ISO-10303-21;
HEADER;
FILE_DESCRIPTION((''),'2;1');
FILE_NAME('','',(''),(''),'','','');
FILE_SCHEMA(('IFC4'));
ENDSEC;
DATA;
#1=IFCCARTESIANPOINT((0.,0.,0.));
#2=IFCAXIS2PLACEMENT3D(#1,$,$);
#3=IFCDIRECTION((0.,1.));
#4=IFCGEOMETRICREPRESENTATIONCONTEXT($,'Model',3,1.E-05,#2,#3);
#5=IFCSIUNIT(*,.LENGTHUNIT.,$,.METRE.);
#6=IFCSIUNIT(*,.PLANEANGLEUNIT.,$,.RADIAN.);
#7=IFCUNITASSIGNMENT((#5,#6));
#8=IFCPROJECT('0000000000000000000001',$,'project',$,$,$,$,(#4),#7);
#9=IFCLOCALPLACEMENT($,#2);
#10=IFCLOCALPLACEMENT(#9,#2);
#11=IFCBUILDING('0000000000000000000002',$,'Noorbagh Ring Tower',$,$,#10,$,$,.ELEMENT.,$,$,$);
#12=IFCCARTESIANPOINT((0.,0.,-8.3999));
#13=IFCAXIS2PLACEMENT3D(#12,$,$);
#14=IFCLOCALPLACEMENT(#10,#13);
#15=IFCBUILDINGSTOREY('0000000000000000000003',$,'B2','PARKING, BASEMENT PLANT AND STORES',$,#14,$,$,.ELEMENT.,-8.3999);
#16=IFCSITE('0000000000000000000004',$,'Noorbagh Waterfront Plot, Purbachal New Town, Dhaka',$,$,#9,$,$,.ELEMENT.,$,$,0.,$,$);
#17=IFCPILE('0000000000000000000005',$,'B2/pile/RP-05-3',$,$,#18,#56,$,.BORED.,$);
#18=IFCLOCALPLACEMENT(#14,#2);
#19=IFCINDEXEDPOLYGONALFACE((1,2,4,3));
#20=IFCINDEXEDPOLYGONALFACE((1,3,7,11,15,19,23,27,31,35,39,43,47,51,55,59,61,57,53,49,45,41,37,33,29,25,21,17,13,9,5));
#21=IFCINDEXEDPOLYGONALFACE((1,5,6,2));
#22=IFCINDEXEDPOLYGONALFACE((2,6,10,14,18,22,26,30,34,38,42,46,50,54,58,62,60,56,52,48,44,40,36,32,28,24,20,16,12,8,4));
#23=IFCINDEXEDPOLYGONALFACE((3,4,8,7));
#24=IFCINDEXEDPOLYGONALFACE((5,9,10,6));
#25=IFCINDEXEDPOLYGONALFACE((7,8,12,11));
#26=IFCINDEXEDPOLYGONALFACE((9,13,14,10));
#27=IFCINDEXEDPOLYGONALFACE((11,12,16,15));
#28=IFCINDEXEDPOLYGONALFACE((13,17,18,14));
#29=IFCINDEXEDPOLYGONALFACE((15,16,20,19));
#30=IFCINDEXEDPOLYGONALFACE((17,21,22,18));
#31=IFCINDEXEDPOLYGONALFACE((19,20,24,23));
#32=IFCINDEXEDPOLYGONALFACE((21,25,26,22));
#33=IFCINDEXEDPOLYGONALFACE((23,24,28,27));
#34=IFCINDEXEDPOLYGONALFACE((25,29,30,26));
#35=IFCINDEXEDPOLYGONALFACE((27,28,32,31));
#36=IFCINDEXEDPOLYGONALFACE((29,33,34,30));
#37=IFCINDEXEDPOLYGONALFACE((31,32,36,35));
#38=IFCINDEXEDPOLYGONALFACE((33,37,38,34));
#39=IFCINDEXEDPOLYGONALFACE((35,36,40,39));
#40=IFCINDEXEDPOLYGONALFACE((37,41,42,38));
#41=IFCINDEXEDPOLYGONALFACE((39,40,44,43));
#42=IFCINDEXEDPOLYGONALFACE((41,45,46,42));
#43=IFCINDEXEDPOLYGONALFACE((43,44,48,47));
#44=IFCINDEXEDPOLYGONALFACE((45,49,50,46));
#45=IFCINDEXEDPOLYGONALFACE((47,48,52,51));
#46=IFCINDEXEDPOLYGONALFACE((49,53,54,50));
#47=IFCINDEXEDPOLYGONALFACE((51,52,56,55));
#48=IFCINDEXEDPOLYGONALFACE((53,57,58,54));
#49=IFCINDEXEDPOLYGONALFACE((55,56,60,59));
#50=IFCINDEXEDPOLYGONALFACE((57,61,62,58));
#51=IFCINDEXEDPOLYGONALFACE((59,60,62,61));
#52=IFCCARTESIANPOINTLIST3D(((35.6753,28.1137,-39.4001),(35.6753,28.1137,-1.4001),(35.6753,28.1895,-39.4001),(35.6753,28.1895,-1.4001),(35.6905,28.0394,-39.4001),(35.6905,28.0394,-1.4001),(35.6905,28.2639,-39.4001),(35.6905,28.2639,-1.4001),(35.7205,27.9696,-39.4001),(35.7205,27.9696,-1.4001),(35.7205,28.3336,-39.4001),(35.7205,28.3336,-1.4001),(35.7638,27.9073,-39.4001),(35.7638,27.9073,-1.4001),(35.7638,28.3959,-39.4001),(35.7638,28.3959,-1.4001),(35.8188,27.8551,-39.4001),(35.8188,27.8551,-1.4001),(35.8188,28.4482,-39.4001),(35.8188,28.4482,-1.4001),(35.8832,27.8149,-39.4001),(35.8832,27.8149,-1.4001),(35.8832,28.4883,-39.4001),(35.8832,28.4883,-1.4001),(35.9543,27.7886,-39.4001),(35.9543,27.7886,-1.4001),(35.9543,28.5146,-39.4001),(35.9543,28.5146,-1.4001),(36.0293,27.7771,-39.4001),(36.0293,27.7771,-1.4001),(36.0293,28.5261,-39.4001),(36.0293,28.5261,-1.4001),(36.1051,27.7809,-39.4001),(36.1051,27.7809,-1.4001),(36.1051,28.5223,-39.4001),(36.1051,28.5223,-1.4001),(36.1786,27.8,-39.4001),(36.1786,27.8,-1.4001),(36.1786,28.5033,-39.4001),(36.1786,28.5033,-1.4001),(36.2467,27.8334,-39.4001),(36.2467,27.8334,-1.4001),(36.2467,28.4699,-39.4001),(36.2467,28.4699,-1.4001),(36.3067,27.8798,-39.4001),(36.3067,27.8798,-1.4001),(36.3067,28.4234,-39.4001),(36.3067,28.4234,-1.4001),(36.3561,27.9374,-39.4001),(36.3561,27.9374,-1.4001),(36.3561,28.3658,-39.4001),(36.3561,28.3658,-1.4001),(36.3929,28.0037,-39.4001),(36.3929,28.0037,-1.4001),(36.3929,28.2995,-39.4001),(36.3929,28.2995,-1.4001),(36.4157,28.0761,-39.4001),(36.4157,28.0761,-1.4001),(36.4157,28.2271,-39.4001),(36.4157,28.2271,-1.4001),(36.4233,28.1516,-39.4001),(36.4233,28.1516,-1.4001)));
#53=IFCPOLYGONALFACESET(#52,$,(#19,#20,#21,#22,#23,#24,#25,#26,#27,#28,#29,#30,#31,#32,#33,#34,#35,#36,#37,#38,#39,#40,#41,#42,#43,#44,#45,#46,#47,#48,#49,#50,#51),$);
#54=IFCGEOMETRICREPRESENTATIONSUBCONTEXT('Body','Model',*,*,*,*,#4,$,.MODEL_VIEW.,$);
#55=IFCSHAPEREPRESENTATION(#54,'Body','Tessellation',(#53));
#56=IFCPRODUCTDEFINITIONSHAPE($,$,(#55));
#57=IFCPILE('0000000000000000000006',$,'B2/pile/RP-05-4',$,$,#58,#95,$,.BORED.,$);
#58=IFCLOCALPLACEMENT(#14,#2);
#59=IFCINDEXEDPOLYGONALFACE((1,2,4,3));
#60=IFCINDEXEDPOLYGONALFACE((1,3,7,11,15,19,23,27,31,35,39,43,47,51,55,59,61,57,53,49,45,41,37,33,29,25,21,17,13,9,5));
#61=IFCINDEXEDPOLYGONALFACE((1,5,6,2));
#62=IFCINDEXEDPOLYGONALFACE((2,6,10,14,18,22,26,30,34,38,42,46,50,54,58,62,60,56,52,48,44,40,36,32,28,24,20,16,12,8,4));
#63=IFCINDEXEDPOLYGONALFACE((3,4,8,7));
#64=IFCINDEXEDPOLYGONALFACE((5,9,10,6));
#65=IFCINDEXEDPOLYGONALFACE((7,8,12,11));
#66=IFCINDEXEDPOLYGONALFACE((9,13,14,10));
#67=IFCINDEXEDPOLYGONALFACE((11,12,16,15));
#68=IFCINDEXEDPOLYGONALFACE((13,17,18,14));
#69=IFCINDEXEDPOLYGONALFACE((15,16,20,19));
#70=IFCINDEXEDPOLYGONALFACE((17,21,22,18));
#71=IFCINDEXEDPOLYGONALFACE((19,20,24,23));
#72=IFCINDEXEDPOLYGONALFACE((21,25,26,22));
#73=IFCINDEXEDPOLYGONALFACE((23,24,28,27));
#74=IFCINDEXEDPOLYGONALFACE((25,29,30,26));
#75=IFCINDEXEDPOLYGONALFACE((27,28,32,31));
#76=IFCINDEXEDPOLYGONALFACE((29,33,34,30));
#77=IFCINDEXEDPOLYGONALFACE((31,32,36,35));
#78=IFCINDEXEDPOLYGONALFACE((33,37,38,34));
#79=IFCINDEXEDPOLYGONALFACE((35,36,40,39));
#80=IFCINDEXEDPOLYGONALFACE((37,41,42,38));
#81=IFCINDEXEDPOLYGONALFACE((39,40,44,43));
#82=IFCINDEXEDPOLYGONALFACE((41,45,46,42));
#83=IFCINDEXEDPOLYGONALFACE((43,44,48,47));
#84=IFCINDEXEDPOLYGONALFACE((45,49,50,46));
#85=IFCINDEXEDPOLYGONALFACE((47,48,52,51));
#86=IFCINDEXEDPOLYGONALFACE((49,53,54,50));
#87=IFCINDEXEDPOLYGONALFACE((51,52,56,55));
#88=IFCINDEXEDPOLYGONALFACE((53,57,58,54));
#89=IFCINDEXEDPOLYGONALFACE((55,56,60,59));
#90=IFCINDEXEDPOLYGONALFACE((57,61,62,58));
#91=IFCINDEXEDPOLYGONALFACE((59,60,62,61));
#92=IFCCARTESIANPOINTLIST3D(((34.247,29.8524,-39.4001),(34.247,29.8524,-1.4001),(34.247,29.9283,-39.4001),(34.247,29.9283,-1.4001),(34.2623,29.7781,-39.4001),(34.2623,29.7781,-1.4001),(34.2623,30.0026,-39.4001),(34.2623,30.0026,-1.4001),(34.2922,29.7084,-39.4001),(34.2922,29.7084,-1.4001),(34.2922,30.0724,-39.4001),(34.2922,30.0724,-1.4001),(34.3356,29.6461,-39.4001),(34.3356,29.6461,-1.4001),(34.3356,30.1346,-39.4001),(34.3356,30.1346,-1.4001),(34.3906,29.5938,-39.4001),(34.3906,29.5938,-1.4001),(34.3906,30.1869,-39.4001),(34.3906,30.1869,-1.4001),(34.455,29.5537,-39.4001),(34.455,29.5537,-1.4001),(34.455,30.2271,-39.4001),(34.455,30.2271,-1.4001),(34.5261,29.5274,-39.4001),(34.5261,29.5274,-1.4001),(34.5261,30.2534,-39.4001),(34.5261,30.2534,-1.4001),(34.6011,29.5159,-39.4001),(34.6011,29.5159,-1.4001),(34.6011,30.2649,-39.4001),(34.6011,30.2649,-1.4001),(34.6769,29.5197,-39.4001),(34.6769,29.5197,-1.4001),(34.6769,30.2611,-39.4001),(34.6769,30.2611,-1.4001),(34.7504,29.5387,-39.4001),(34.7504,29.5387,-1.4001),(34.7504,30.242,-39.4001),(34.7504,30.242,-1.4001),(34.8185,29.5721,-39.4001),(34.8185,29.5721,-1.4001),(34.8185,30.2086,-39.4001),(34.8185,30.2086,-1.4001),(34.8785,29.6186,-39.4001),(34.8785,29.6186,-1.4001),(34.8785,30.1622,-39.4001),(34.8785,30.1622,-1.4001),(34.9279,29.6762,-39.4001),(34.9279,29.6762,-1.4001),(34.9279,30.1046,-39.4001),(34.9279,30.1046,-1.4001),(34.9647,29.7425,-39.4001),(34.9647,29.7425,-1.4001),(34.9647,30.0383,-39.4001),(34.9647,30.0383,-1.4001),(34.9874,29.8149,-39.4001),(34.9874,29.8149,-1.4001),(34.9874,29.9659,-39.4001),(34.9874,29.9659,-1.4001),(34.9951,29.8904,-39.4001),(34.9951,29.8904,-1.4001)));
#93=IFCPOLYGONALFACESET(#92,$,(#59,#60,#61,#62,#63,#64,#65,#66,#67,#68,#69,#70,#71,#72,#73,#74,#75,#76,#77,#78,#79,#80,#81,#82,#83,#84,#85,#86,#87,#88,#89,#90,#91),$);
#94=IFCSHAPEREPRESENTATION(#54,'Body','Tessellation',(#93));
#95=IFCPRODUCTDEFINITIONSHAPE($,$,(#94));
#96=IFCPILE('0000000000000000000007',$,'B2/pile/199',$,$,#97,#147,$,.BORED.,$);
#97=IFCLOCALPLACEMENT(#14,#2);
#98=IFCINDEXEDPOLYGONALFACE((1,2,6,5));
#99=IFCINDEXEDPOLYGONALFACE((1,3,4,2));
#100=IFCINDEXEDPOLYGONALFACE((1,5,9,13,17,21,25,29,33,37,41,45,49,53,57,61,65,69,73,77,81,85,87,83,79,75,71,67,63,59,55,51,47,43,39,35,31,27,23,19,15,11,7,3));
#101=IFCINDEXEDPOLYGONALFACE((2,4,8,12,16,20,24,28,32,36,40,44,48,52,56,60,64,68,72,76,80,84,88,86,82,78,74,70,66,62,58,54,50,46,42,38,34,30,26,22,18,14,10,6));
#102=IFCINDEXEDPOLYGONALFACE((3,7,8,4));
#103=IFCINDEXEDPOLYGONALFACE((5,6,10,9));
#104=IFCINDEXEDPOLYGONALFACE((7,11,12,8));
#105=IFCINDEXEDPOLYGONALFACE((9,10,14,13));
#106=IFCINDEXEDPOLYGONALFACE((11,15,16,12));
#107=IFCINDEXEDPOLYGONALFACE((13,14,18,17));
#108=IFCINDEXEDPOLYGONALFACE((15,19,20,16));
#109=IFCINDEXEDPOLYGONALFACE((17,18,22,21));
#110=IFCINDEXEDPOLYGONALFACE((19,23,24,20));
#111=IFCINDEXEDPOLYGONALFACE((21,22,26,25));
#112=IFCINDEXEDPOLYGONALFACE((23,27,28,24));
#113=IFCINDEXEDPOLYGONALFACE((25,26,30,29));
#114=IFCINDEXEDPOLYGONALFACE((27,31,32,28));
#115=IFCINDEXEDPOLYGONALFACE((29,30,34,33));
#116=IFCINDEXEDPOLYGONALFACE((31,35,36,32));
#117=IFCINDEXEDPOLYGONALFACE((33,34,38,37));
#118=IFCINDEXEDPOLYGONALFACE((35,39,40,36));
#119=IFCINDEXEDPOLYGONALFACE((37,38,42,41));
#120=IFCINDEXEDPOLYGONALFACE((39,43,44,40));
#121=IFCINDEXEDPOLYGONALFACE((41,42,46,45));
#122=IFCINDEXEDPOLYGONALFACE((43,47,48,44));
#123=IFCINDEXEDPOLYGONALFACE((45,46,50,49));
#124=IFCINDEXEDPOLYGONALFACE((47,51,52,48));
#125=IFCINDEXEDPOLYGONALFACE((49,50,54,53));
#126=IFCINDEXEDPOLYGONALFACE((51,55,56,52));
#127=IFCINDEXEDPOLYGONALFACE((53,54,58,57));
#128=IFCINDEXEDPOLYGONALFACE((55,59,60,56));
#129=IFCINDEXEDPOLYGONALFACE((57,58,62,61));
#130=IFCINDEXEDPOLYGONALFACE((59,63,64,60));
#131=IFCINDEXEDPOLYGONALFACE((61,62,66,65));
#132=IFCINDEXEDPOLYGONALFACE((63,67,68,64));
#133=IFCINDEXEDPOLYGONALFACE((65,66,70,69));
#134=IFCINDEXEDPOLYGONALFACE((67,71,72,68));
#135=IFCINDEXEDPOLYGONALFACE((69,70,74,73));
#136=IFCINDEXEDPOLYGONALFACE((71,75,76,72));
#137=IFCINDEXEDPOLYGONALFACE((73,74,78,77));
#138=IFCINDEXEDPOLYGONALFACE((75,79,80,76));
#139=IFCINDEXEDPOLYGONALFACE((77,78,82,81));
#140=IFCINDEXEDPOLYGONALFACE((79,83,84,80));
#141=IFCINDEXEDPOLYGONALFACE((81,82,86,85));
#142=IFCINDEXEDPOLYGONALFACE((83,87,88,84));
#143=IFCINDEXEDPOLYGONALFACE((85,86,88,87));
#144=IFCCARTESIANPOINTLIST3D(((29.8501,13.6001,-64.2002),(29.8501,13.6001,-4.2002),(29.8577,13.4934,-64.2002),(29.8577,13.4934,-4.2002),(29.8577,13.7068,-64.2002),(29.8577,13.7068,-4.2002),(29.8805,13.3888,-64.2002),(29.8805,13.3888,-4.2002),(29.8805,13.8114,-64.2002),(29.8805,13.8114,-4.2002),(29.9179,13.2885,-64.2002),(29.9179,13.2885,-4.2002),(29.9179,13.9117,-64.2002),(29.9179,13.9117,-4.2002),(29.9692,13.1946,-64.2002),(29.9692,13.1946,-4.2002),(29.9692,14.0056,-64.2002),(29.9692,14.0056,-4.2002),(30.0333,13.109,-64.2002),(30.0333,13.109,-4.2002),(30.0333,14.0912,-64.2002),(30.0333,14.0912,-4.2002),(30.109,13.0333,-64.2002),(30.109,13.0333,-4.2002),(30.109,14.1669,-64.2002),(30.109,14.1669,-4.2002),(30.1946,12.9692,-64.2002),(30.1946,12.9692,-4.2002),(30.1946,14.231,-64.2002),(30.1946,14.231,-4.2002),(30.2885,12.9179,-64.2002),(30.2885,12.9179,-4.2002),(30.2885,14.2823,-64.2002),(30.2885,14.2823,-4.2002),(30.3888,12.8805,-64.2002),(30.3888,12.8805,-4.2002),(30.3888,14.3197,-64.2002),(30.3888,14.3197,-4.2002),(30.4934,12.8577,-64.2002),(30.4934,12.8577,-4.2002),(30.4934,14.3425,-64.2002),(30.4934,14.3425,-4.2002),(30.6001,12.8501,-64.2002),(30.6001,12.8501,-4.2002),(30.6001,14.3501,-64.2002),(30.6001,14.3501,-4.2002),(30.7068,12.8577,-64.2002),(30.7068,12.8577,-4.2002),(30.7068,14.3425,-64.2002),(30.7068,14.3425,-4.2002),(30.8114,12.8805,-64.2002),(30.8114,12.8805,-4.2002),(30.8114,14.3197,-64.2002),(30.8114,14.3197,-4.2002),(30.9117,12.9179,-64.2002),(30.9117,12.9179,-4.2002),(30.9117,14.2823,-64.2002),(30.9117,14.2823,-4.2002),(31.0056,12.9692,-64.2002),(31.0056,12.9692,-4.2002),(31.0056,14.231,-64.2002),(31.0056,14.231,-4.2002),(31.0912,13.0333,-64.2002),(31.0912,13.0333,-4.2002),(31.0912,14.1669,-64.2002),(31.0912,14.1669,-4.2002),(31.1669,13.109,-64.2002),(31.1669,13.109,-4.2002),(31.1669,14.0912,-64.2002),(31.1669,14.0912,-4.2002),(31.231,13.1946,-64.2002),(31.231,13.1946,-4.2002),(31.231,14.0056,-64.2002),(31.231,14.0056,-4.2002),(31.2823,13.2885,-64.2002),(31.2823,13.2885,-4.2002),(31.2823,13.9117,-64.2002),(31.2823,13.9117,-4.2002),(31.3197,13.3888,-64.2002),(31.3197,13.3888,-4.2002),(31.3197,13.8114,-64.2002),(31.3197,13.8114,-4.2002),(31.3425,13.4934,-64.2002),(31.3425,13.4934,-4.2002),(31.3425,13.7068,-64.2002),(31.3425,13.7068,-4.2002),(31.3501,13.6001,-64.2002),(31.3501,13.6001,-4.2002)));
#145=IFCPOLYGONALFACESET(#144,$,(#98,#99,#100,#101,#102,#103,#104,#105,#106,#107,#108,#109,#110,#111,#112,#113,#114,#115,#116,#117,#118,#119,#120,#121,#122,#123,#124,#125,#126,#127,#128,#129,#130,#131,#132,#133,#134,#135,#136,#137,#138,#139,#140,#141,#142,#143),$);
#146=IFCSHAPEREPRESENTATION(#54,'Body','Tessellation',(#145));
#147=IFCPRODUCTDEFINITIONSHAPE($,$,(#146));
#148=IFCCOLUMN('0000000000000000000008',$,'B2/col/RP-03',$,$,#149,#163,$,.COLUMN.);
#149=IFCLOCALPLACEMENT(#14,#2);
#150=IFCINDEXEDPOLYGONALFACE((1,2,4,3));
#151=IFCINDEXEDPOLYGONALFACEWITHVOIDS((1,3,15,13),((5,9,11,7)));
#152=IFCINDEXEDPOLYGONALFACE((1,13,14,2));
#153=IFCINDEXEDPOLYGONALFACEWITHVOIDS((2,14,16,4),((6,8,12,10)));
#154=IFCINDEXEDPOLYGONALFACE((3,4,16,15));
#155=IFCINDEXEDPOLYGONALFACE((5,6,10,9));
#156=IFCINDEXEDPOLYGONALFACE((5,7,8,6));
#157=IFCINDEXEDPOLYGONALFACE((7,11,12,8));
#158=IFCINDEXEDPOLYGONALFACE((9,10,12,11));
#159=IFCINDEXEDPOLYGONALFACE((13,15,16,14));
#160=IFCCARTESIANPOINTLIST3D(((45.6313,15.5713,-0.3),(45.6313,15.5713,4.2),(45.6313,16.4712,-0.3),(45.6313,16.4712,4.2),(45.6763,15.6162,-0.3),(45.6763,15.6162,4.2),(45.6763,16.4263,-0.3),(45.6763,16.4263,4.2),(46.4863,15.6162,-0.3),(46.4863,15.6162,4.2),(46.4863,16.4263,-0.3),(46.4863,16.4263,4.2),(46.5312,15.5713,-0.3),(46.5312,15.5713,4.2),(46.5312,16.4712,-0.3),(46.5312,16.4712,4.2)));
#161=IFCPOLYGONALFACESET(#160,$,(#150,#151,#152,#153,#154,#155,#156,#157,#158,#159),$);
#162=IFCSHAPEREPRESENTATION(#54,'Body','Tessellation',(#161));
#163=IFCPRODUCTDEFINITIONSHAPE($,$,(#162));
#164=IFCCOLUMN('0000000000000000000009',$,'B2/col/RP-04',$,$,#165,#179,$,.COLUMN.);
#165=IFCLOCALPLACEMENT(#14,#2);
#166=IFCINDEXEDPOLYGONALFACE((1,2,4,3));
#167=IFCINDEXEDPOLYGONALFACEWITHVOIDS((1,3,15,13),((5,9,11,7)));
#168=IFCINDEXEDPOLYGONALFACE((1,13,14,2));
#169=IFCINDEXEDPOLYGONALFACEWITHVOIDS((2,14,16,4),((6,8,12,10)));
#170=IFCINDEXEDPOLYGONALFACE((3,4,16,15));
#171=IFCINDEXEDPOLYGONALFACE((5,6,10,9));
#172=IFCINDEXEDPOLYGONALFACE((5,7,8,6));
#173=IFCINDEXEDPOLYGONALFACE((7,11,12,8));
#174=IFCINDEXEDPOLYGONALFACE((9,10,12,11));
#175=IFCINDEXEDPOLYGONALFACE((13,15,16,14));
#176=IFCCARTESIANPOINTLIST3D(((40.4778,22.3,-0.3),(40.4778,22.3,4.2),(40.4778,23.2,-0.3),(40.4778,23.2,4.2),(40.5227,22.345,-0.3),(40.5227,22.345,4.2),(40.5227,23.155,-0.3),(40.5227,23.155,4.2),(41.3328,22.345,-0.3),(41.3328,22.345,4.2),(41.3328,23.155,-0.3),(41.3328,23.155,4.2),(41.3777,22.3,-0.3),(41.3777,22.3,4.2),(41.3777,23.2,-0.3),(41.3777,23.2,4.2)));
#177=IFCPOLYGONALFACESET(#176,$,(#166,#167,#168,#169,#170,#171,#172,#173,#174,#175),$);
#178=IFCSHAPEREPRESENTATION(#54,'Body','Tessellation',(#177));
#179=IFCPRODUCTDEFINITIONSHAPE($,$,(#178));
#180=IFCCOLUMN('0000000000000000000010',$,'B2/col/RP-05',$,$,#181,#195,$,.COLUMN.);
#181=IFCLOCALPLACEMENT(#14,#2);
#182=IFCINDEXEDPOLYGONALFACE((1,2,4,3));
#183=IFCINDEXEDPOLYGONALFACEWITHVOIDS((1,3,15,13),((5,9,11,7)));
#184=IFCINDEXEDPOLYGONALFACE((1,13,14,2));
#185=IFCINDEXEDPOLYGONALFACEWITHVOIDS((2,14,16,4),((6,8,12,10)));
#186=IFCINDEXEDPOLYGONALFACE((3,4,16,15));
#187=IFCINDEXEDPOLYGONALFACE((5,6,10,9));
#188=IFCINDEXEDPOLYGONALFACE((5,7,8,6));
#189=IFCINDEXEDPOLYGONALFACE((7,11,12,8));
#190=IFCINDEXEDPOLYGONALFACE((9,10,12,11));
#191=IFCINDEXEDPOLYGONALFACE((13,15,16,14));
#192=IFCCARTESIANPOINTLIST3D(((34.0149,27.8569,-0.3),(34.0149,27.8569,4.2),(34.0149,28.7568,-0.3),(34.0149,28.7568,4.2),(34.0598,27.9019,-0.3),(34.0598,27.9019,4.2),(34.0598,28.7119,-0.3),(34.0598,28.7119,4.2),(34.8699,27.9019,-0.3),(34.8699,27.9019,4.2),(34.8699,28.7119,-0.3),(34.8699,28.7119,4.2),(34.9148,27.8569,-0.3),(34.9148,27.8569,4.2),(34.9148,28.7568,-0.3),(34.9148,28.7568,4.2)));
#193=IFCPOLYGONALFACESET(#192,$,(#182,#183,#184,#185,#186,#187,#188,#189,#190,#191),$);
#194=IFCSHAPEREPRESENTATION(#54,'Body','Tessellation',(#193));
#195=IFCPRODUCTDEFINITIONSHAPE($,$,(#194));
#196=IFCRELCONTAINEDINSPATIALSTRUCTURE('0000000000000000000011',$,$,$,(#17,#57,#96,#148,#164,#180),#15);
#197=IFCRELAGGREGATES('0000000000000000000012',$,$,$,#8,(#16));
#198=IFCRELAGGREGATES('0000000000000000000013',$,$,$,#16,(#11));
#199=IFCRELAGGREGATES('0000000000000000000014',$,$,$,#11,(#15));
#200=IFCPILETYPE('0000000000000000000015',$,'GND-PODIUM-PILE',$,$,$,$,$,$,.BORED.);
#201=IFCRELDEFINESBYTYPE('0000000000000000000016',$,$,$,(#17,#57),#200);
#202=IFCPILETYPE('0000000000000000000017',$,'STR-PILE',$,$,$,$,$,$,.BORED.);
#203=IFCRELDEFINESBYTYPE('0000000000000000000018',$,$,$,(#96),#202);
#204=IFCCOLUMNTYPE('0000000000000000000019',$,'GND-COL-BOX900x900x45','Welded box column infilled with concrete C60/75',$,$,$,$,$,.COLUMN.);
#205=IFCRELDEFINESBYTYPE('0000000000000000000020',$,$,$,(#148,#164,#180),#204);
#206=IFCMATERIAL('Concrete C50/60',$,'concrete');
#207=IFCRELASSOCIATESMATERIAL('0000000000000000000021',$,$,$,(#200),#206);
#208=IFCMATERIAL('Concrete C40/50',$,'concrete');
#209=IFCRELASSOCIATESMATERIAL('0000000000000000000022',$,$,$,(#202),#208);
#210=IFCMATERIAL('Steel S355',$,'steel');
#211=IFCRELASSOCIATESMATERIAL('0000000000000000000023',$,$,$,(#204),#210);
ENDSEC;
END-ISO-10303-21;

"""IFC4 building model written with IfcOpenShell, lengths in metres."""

from ifc_helpers import new_model, si_unit, direction, frame, origin, origin_2d, place, context, subcontext, project, spatial, hollow_rectangle, circle, extrude, material, material_profile, profile_set, type_object, element, save


model = new_model("IFC4")

# Units and contexts
model_context = context("Model", 3, precision=1e-05, world=origin(), true_north=direction((0.0, 1.0)))
body_context = subcontext(model_context, "Body", "Model", "MODEL_VIEW")
ifc_project = project(units=[si_unit("LENGTHUNIT", "METRE"), si_unit("PLANEANGLEUNIT", "RADIAN")], contexts=[model_context])

# Site, building, storey
site_placement = place(None, origin())
site = spatial("IfcSite", under=ifc_project, at=site_placement, Name="Noorbagh Waterfront Plot, Purbachal New Town, Dhaka", CompositionType="ELEMENT", RefElevation=0.0)
building_placement = place(site_placement, origin())
building = spatial("IfcBuilding", under=site, at=building_placement, Name="Noorbagh Ring Tower", CompositionType="ELEMENT")
storey_placement = place(building_placement, frame((0.0, 0.0, -8.3999)))
storey = spatial("IfcBuildingStorey", under=building, at=storey_placement, Name="B2", Description="PARKING, BASEMENT PLANT AND STORES", CompositionType="ELEMENT", Elevation=-8.3999)

# Piles
ifc_material_1 = material(Name="Concrete C50/60", Category="concrete")
ifc_material_profile_1 = material_profile(ifc_material_1, circle(Radius=0.375, at=origin_2d()), Name="PILE750")
ifc_profile_set_1 = profile_set([ifc_material_profile_1], Name="Concrete C50/60")
pile_type_1 = type_object("IfcPileType", Name="GND-PODIUM-PILE", PredefinedType="BORED", material=ifc_profile_set_1)
for number, where, z_axis, x_axis, name in (
    (1, (36.0483, 28.1516, -1.4001), (0.0, 0.0, -1.0), (1.0, 0.0, 0.0), "B2/pile/RP-05-3"),
    (2, (34.6201, 29.8904, -1.4001), (0.0, 0.0, -1.0), (1.0, 0.0, 0.0), "B2/pile/RP-05-4"),
):
    element("IfcPile", number, at=place(storey_placement, frame(where, z_axis=z_axis, x_axis=x_axis)), inside=storey, type_object=pile_type_1, Name=name, PredefinedType="BORED", context=body_context, shape_type="SweptSolid", body=[
        extrude(circle(Radius=0.375, at=origin_2d()), origin(), (0.0, 0.0, 1.0), 38.0),
    ])
ifc_material_2 = material(Name="Concrete C40/50", Category="concrete")
ifc_material_profile_2 = material_profile(ifc_material_2, circle(Radius=0.75, at=origin_2d()), Name="PILE1500")
ifc_profile_set_2 = profile_set([ifc_material_profile_2], Name="Concrete C40/50")
pile_type_2 = type_object("IfcPileType", Name="STR-PILE", PredefinedType="BORED", material=ifc_profile_set_2)
pile_placement = place(storey_placement, frame((30.6001, 13.6001, -4.2002), z_axis=(0.0, 0.0, -1.0), x_axis=(1.0, 0.0, 0.0)))
element("IfcPile", 3, at=pile_placement, inside=storey, type_object=pile_type_2, Name="B2/pile/199", PredefinedType="BORED", context=body_context, shape_type="SweptSolid", body=[
    extrude(circle(Radius=0.75, at=origin_2d()), origin(), (0.0, 0.0, 1.0), 60.0),
])

# Columns
ifc_material_3 = material(Name="Steel S355", Category="steel")
ifc_material_profile_3 = material_profile(ifc_material_3, hollow_rectangle(XDim=0.8999, YDim=0.8999, WallThickness=0.0449, at=origin_2d()), Name="BOX900x900x45")
ifc_profile_set_3 = profile_set([ifc_material_profile_3], Name="Steel S355")
column_type_1 = type_object("IfcColumnType", Name="GND-COL-BOX900x900x45", Description="Welded box column infilled with concrete C60/75", PredefinedType="COLUMN", material=ifc_profile_set_3)
for number, where, z_axis, x_axis, name in (
    (4, (46.0813, 16.0212, -0.3), (0.0, 0.0, 1.0), (1.0, 0.0, 0.0), "B2/col/RP-03"),
    (5, (40.9277, 22.75, -0.3), (0.0, 0.0, 1.0), (1.0, 0.0, 0.0), "B2/col/RP-04"),
    (6, (34.4648, 28.3069, -0.3), (0.0, 0.0, 1.0), (1.0, 0.0, 0.0), "B2/col/RP-05"),
):
    element("IfcColumn", number, at=place(storey_placement, frame(where, z_axis=z_axis, x_axis=x_axis)), inside=storey, type_object=column_type_1, Name=name, PredefinedType="COLUMN", context=body_context, shape_type="SweptSolid", body=[
        extrude(hollow_rectangle(XDim=0.8999, YDim=0.8999, WallThickness=0.0449, at=origin_2d()), origin(), (0.0, 0.0, 1.0), 4.5),
    ])

save(model, "model.ifc")
